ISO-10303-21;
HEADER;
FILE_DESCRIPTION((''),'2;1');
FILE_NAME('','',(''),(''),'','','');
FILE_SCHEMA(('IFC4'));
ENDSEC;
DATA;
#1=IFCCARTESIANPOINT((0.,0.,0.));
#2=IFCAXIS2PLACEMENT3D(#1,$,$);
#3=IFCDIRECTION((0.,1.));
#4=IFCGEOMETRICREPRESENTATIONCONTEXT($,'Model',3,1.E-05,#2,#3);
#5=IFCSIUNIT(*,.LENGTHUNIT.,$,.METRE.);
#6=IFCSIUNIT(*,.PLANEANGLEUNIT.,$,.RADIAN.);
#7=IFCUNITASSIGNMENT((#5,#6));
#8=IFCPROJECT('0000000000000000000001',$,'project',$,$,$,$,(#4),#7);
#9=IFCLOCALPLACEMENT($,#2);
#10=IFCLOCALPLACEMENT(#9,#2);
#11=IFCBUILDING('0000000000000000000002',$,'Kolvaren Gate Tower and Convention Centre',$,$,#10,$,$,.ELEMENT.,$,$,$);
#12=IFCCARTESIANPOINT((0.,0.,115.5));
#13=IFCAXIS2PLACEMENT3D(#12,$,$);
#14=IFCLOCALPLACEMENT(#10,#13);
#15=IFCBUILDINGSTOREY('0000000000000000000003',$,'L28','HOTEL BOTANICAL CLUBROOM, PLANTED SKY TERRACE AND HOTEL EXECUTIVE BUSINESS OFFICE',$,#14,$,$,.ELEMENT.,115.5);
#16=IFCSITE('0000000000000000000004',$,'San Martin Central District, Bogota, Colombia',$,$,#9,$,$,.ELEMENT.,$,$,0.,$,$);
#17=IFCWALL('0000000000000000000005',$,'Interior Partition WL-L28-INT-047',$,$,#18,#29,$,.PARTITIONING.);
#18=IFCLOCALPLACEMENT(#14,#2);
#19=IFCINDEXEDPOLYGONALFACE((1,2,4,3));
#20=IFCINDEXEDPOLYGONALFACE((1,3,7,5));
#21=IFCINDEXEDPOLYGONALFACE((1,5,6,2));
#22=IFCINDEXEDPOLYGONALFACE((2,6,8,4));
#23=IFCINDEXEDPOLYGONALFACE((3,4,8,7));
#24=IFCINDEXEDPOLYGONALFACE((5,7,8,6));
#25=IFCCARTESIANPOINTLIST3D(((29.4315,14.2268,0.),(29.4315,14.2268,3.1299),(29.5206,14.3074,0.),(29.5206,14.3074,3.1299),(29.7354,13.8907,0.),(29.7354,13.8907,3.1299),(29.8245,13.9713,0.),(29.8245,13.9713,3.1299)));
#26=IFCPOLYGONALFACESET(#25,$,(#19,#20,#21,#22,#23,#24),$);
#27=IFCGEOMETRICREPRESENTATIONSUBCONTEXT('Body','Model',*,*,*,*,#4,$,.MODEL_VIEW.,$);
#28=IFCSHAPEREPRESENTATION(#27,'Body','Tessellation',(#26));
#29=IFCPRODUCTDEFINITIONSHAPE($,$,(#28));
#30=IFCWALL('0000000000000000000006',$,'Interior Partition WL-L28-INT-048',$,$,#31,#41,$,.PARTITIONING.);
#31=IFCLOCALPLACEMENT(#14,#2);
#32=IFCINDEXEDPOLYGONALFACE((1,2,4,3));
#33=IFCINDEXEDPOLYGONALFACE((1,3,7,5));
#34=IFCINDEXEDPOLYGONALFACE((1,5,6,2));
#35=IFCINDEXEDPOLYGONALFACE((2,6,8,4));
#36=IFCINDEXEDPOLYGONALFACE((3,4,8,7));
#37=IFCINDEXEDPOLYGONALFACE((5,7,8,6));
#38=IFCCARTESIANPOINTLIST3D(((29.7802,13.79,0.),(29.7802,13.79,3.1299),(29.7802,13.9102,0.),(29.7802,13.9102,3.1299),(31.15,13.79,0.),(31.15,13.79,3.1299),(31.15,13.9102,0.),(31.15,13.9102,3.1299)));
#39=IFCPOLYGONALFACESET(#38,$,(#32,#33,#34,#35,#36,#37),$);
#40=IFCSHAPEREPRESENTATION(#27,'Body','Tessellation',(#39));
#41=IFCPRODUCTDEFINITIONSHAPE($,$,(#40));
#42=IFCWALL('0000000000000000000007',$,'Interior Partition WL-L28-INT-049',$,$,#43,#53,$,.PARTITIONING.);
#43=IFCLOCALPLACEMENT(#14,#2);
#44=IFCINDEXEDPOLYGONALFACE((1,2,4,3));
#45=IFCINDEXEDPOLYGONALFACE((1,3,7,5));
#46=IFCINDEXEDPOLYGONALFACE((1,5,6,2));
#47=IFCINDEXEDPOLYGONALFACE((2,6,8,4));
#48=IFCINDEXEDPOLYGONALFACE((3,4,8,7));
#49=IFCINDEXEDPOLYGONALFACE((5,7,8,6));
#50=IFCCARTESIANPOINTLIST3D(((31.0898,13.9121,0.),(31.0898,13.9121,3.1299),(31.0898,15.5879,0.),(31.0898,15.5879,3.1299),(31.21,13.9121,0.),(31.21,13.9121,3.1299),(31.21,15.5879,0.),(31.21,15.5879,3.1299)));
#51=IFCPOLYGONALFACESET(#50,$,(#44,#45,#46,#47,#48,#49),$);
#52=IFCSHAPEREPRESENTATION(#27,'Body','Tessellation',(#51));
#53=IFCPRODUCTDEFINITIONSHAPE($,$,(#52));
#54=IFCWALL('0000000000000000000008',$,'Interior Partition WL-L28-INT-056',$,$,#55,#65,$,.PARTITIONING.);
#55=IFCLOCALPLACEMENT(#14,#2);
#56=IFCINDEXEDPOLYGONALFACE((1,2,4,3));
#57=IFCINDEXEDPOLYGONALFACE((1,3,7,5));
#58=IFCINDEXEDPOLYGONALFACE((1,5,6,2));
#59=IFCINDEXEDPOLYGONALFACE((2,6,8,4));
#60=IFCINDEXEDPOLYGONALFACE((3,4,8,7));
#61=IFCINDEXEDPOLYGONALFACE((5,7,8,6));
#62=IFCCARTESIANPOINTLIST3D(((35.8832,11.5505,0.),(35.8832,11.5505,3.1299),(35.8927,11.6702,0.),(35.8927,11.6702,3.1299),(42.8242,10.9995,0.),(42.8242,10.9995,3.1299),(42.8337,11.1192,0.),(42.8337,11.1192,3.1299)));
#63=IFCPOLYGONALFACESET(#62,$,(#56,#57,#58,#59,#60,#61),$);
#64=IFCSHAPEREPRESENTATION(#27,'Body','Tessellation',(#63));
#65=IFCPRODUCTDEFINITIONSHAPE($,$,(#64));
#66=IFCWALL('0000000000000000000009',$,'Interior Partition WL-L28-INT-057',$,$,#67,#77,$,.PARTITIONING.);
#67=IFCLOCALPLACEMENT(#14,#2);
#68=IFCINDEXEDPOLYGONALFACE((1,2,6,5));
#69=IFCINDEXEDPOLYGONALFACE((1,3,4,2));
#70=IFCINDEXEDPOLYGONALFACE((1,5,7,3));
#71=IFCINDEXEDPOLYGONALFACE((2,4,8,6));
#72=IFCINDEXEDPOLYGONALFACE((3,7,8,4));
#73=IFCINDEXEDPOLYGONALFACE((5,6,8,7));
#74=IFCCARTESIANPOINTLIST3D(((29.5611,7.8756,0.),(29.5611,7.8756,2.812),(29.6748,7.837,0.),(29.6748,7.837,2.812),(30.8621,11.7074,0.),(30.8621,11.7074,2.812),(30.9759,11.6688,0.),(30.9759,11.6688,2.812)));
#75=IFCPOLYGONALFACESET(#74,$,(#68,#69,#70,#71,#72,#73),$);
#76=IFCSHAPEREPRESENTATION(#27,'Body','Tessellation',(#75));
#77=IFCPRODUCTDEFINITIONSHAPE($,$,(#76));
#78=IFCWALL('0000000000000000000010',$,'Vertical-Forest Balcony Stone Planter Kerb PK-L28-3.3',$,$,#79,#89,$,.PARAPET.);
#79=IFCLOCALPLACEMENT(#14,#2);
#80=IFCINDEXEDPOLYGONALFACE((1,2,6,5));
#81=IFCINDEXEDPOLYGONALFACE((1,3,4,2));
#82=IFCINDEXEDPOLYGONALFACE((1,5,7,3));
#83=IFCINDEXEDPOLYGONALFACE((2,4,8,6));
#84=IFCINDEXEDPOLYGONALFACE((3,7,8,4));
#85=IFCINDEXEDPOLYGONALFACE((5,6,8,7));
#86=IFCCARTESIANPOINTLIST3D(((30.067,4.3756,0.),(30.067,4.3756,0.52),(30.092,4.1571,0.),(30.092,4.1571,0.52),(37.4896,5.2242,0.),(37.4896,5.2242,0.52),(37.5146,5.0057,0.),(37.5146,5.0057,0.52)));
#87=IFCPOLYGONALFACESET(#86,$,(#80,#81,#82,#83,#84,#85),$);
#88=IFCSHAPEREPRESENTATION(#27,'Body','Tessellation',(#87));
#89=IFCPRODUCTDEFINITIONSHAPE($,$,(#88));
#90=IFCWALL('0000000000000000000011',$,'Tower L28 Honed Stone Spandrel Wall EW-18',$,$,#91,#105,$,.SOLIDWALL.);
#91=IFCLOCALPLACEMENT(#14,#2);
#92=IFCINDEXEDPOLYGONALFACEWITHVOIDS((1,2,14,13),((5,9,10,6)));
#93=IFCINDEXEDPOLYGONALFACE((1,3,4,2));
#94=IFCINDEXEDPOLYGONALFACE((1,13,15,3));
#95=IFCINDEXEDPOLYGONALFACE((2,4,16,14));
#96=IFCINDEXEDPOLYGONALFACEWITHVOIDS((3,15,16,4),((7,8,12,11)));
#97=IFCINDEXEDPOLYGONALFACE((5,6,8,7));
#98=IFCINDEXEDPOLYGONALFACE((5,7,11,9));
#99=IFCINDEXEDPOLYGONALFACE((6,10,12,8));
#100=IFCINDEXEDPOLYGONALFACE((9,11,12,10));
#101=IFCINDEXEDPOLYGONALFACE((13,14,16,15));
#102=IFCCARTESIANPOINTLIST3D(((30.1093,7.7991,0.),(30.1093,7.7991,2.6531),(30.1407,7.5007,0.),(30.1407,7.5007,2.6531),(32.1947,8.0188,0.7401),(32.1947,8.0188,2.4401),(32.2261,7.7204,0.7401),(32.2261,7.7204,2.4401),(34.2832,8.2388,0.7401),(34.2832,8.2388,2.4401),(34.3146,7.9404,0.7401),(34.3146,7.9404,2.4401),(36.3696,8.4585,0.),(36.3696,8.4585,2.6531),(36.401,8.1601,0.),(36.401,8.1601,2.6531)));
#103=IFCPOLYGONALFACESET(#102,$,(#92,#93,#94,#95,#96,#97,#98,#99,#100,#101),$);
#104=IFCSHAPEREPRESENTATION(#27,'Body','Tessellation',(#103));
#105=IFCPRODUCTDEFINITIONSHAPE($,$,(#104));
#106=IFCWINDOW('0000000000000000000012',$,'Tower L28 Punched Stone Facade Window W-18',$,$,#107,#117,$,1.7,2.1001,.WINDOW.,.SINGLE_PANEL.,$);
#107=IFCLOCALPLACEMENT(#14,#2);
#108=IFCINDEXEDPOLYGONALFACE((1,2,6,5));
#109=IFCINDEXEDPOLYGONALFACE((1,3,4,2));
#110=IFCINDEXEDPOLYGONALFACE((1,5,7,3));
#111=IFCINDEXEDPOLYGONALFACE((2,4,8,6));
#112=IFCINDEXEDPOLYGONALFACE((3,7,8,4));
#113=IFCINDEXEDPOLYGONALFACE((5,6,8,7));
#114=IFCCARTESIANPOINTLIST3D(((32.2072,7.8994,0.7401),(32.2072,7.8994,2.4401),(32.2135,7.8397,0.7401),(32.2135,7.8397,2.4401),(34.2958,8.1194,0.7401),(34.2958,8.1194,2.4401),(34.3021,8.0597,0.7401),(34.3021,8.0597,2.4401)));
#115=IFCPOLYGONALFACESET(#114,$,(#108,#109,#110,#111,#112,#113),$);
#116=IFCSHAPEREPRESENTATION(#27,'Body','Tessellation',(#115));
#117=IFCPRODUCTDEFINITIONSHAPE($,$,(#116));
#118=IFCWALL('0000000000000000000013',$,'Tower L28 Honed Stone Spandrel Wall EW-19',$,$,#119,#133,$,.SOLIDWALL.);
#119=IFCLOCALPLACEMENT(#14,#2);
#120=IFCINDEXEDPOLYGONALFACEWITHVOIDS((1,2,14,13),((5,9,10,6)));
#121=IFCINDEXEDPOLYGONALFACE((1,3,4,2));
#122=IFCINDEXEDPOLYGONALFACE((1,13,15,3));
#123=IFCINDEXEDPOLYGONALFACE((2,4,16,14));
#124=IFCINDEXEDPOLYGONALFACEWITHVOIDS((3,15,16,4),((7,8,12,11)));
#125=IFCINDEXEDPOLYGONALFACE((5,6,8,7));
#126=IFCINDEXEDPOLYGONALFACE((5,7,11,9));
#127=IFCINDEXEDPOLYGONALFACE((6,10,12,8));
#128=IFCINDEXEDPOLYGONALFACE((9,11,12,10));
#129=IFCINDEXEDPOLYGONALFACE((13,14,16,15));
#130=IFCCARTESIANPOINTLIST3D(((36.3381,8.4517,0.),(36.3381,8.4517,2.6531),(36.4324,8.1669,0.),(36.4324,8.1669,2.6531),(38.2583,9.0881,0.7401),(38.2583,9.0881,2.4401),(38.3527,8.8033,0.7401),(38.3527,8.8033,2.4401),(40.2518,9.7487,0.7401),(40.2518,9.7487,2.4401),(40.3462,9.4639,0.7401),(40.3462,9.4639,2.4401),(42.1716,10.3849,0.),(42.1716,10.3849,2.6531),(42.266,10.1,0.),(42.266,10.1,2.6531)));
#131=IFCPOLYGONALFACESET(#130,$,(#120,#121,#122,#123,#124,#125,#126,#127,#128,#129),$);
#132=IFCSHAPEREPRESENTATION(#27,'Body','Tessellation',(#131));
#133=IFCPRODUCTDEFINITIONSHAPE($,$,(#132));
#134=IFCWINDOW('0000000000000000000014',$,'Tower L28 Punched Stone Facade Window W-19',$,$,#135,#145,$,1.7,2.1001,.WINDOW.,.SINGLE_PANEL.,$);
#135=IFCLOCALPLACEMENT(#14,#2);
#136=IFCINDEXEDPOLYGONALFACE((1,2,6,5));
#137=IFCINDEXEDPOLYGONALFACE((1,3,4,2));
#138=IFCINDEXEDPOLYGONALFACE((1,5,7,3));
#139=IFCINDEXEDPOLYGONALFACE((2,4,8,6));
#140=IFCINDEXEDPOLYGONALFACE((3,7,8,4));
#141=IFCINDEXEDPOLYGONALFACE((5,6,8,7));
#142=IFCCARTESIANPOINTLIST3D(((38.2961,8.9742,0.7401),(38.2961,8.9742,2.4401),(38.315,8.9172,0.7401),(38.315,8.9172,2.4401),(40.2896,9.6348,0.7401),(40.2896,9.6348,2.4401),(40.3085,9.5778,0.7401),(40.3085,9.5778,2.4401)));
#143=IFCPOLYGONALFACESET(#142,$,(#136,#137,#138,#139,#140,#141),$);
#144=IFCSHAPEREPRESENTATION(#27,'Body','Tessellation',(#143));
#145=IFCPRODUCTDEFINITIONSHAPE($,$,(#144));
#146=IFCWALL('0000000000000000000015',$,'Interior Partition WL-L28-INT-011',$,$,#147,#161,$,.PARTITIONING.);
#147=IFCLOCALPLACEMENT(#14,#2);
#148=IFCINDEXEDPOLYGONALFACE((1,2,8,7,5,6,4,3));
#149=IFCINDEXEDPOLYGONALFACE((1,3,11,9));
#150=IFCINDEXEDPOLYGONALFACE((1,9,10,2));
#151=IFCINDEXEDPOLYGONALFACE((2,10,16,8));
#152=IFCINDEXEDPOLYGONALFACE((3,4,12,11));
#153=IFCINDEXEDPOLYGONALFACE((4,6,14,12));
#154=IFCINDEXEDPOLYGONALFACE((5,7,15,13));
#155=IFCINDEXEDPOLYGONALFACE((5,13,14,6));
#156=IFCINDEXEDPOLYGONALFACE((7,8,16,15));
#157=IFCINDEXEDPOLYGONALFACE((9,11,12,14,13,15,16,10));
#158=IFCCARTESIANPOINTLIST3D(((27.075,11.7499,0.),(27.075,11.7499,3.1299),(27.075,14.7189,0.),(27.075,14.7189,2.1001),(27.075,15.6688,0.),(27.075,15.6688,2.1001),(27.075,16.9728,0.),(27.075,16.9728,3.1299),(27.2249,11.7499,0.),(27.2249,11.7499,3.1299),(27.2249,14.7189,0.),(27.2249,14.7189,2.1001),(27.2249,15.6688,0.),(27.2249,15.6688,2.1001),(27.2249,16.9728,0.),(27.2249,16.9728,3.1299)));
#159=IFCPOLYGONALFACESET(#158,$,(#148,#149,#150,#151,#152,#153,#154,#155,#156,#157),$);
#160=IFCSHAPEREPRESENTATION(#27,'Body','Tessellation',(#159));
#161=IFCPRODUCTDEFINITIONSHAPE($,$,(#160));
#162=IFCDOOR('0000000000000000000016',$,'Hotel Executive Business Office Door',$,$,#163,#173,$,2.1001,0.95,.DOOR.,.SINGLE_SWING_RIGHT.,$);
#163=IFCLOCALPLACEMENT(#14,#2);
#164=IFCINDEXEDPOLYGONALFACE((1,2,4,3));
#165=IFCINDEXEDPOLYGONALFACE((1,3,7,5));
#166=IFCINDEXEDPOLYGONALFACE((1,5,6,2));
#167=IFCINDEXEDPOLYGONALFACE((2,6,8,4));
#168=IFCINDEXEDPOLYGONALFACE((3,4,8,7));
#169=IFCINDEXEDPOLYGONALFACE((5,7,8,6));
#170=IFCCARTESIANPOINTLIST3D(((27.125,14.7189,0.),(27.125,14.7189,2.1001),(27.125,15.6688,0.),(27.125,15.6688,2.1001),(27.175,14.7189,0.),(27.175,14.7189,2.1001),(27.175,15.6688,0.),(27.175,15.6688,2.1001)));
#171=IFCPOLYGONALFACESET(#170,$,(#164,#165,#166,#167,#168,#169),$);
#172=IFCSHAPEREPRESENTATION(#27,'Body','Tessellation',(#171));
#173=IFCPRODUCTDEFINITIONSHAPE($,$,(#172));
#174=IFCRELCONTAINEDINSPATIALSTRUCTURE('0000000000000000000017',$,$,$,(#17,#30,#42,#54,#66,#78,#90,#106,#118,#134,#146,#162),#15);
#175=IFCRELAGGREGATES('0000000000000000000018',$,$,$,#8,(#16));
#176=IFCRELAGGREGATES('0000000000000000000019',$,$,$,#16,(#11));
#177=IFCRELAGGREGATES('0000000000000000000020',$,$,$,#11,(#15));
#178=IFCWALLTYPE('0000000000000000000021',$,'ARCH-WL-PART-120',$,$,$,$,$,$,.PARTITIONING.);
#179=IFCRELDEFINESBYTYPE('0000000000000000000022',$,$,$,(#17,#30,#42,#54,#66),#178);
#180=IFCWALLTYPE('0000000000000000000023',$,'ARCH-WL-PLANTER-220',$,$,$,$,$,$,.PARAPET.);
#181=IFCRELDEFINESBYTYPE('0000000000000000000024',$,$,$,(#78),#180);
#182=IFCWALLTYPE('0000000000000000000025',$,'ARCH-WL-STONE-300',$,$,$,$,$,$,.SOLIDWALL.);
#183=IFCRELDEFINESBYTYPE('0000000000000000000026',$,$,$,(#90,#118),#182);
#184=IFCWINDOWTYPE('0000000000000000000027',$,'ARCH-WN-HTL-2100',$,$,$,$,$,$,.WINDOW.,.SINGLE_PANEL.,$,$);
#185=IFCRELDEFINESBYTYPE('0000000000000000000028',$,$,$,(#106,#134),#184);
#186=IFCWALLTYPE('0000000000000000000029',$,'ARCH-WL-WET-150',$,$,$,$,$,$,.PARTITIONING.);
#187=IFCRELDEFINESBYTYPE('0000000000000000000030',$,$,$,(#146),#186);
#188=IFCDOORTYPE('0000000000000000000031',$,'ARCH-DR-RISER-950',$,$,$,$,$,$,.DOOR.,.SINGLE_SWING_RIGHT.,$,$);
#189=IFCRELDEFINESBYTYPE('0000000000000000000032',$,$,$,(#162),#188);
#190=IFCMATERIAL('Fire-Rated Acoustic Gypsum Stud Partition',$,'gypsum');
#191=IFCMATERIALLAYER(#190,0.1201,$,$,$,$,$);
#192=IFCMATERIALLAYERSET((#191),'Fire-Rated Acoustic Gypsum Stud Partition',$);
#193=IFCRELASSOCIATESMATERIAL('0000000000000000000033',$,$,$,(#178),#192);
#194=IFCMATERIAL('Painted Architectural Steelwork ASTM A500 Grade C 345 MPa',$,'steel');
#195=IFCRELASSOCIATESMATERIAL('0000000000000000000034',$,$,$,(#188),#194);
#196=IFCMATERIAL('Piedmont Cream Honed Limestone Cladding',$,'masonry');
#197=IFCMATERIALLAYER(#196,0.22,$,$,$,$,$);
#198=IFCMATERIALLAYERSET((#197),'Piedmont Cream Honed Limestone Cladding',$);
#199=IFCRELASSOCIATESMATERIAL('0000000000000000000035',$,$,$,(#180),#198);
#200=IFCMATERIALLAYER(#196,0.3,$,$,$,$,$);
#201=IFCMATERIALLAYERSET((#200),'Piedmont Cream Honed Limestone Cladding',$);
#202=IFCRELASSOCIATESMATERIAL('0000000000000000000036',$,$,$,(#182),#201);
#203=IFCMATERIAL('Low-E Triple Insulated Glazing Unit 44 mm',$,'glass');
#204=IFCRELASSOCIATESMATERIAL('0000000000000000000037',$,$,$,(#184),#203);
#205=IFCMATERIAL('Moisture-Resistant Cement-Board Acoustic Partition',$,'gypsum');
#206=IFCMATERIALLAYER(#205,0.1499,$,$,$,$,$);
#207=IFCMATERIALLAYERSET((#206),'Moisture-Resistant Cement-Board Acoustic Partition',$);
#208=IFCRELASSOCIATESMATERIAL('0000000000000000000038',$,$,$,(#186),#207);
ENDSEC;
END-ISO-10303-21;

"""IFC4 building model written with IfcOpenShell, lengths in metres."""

from ifc_helpers import new_model, si_unit, direction, frame, frame_2d, origin, place, context, subcontext, project, spatial, rectangle, extrude, material, layer, layer_set, type_object, element, fill, save


model = new_model("IFC4")

# Units and contexts
model_context = context("Model", 3, precision=1e-05, world=origin(), true_north=direction((0.0, 1.0)))
body_context = subcontext(model_context, "Body", "Model", "MODEL_VIEW")
ifc_project = project(units=[si_unit("LENGTHUNIT", "METRE"), si_unit("PLANEANGLEUNIT", "RADIAN")], contexts=[model_context])

# Site, building, storey
site_placement = place(None, origin())
site = spatial("IfcSite", under=ifc_project, at=site_placement, Name="San Martin Central District, Bogota, Colombia", CompositionType="ELEMENT", RefElevation=0.0)
building_placement = place(site_placement, origin())
building = spatial("IfcBuilding", under=site, at=building_placement, Name="Kolvaren Gate Tower and Convention Centre", CompositionType="ELEMENT")
storey_placement = place(building_placement, frame((0.0, 0.0, 115.5)))
storey = spatial("IfcBuildingStorey", under=building, at=storey_placement, Name="L28", Description="HOTEL BOTANICAL CLUBROOM, PLANTED SKY TERRACE AND HOTEL EXECUTIVE BUSINESS OFFICE", CompositionType="ELEMENT", Elevation=115.5)

# Shared definitions
ifc_material_1 = material(Name="Fire-Rated Acoustic Gypsum Stud Partition", Category="gypsum")
ifc_layer_1 = layer(ifc_material_1, 0.1201)
ifc_layer_set_1 = layer_set([ifc_layer_1], Name="Fire-Rated Acoustic Gypsum Stud Partition")
wall_type_1 = type_object("IfcWallType", Name="ARCH-WL-PART-120", PredefinedType="PARTITIONING", material=ifc_layer_set_1)

# Shared definitions
ifc_material_2 = material(Name="Painted Architectural Steelwork ASTM A500 Grade C 345 MPa", Category="steel")
door_type = type_object("IfcDoorType", Name="ARCH-DR-RISER-950", OperationType="SINGLE_SWING_RIGHT", PredefinedType="DOOR", material=ifc_material_2)

# Walls
wall_1_placement = place(storey_placement, frame((29.4761, 14.2671, 0.0), z_axis=(0.0, 0.0, 1.0), x_axis=(0.670659, -0.741765, 0.0)))
element("IfcWall", 1, at=wall_1_placement, inside=storey, type_object=wall_type_1, Name="Interior Partition WL-L28-INT-047", PredefinedType="PARTITIONING", context=body_context, shape_type="SweptSolid", body=[
    extrude(rectangle(XDim=0.4531, YDim=0.1201, at=frame_2d((0.2266, 0.0))), origin(), (0.0, 0.0, 1.0), 3.1299),
])
wall_2_placement = place(storey_placement, frame((29.78, 13.8501, 0.0), z_axis=(0.0, 0.0, 1.0), x_axis=(1.0, 0.0, 0.0)))
element("IfcWall", 2, at=wall_2_placement, inside=storey, type_object=wall_type_1, Name="Interior Partition WL-L28-INT-048", PredefinedType="PARTITIONING", context=body_context, shape_type="SweptSolid", body=[
    extrude(rectangle(XDim=1.3699, YDim=0.1201, at=frame_2d((0.6851, 0.0))), origin(), (0.0, 0.0, 1.0), 3.1299),
])
wall_3_placement = place(storey_placement, frame((31.1499, 13.9121, 0.0), z_axis=(0.0, 0.0, 1.0), x_axis=(0.0, 1.0, 0.0)))
element("IfcWall", 3, at=wall_3_placement, inside=storey, type_object=wall_type_1, Name="Interior Partition WL-L28-INT-049", PredefinedType="PARTITIONING", context=body_context, shape_type="SweptSolid", body=[
    extrude(rectangle(XDim=1.6758, YDim=0.1201, at=frame_2d((0.8379, 0.0))), origin(), (0.0, 0.0, 1.0), 3.1299),
])
wall_4_placement = place(storey_placement, frame((35.8879, 11.6104, 0.0), z_axis=(0.0, 0.0, 1.0), x_axis=(0.996864, -0.079136, 0.0)))
element("IfcWall", 4, at=wall_4_placement, inside=storey, type_object=wall_type_1, Name="Interior Partition WL-L28-INT-056", PredefinedType="PARTITIONING", context=body_context, shape_type="SweptSolid", body=[
    extrude(rectangle(XDim=6.9629, YDim=0.1201, at=frame_2d((3.4814, 0.0))), origin(), (0.0, 0.0, 1.0), 3.1299),
])
wall_5_placement = place(storey_placement, frame((29.6179, 7.8562, 0.0), z_axis=(0.0, 0.0, 1.0), x_axis=(0.321508, 0.946907, 0.0)))
element("IfcWall", 5, at=wall_5_placement, inside=storey, type_object=wall_type_1, Name="Interior Partition WL-L28-INT-057", PredefinedType="PARTITIONING", context=body_context, shape_type="SweptSolid", body=[
    extrude(rectangle(XDim=4.0466, YDim=0.1201, at=frame_2d((2.0234, 0.0))), origin(), (0.0, 0.0, 1.0), 2.812),
])
ifc_material_3 = material(Name="Piedmont Cream Honed Limestone Cladding", Category="masonry")
ifc_layer_2 = layer(ifc_material_3, 0.22)
ifc_layer_set_2 = layer_set([ifc_layer_2], Name="Piedmont Cream Honed Limestone Cladding")
wall_type_2 = type_object("IfcWallType", Name="ARCH-WL-PLANTER-220", PredefinedType="PARAPET", material=ifc_layer_set_2)
wall_6_placement = place(storey_placement, frame((30.0796, 4.2664, 0.0), z_axis=(0.0, 0.0, 1.0), x_axis=(0.993528, 0.113591, 0.0)))
element("IfcWall", 6, at=wall_6_placement, inside=storey, type_object=wall_type_2, Name="Vertical-Forest Balcony Stone Planter Kerb PK-L28-3.3", PredefinedType="PARAPET", context=body_context, shape_type="SweptSolid", body=[
    extrude(rectangle(XDim=7.4709, YDim=0.22, at=frame_2d((3.7354, 0.0))), origin(), (0.0, 0.0, 1.0), 0.52),
])

# Walls, openings, windows
ifc_layer_3 = layer(ifc_material_3, 0.3)
ifc_layer_set_3 = layer_set([ifc_layer_3], Name="Piedmont Cream Honed Limestone Cladding")
wall_type_3 = type_object("IfcWallType", Name="ARCH-WL-STONE-300", PredefinedType="SOLIDWALL", material=ifc_layer_set_3)
wall_7_placement = place(storey_placement, frame((30.125, 7.6499, 0.0), z_axis=(0.0, 0.0, 1.0), x_axis=(0.994498, 0.104755, 0.0)))
wall_7 = element("IfcWall", 7, at=wall_7_placement, inside=storey, type_object=wall_type_3, Name="Tower L28 Honed Stone Spandrel Wall EW-18", PredefinedType="SOLIDWALL", context=body_context, shape_type="SweptSolid", body=[
    extrude(rectangle(XDim=6.2949, YDim=0.3, at=frame_2d((3.1475, 0.0))), origin(), (0.0, 0.0, 1.0), 2.6531),
])
opening_1_placement = place(wall_7_placement, frame((2.0969, 0.0, 0.74)))
opening_1 = element("IfcOpeningElement", 8, at=opening_1_placement, cuts=wall_7, PredefinedType="OPENING", context=body_context, shape_type="SweptSolid", body=[
    extrude(rectangle(XDim=2.1001, YDim=1.7, at=frame_2d((1.05, 0.8501))), frame((0.0, 0.1599, 0.0), z_axis=(0.0, -1.0, 0.0), x_axis=(1.0, 0.0, 0.0)), (0.0, 0.0, 1.0), 0.3201),
])
ifc_material_4 = material(Name="Low-E Triple Insulated Glazing Unit 44 mm", Category="glass")
window_type = type_object("IfcWindowType", Name="ARCH-WN-HTL-2100", PartitioningType="SINGLE_PANEL", PredefinedType="WINDOW", material=ifc_material_4)
window_1_placement = place(opening_1_placement, origin())
window_1 = element("IfcWindow", 9, at=window_1_placement, inside=storey, type_object=window_type, Name="Tower L28 Punched Stone Facade Window W-18", OverallHeight=1.7, OverallWidth=2.1001, PartitioningType="SINGLE_PANEL", PredefinedType="WINDOW", context=body_context, shape_type="SweptSolid", body=[
    extrude(rectangle(XDim=2.1001, YDim=1.7, at=frame_2d((1.05, 0.8501))), frame((0.0, 0.03, 0.0), z_axis=(0.0, -1.0, 0.0), x_axis=(1.0, 0.0, 0.0)), (0.0, 0.0, 1.0), 0.0601),
])
fill(opening_1, window_1)
wall_8_placement = place(storey_placement, frame((36.3853, 8.3093, 0.0), z_axis=(0.0, 0.0, 1.0), x_axis=(0.949238, 0.314559, 0.0)))
wall_8 = element("IfcWall", 10, at=wall_8_placement, inside=storey, type_object=wall_type_3, Name="Tower L28 Honed Stone Spandrel Wall EW-19", PredefinedType="SOLIDWALL", context=body_context, shape_type="SweptSolid", body=[
    extrude(rectangle(XDim=6.1455, YDim=0.3, at=frame_2d((3.0728, 0.0))), origin(), (0.0, 0.0, 1.0), 2.6531),
])
opening_2_placement = place(wall_8_placement, frame((2.0229, 0.0, 0.74)))
opening_2 = element("IfcOpeningElement", 11, at=opening_2_placement, cuts=wall_8, PredefinedType="OPENING", context=body_context, shape_type="SweptSolid", body=[
    extrude(rectangle(XDim=2.1001, YDim=1.7, at=frame_2d((1.05, 0.8501))), frame((0.0, 0.1599, 0.0), z_axis=(0.0, -1.0, 0.0), x_axis=(1.0, 0.0, 0.0)), (0.0, 0.0, 1.0), 0.3201),
])
window_2_placement = place(opening_2_placement, origin())
window_2 = element("IfcWindow", 12, at=window_2_placement, inside=storey, type_object=window_type, Name="Tower L28 Punched Stone Facade Window W-19", OverallHeight=1.7, OverallWidth=2.1001, PartitioningType="SINGLE_PANEL", PredefinedType="WINDOW", context=body_context, shape_type="SweptSolid", body=[
    extrude(rectangle(XDim=2.1001, YDim=1.7, at=frame_2d((1.05, 0.8501))), frame((0.0, 0.03, 0.0), z_axis=(0.0, -1.0, 0.0), x_axis=(1.0, 0.0, 0.0)), (0.0, 0.0, 1.0), 0.0601),
])
fill(opening_2, window_2)

# Wall, opening, door
ifc_material_5 = material(Name="Moisture-Resistant Cement-Board Acoustic Partition", Category="gypsum")
ifc_layer_4 = layer(ifc_material_5, 0.1499)
ifc_layer_set_4 = layer_set([ifc_layer_4], Name="Moisture-Resistant Cement-Board Acoustic Partition")
wall_type_4 = type_object("IfcWallType", Name="ARCH-WL-WET-150", PredefinedType="PARTITIONING", material=ifc_layer_set_4)
wall_9_placement = place(storey_placement, frame((27.1499, 11.75, 0.0), z_axis=(0.0, 0.0, 1.0), x_axis=(0.0, 1.0, 0.0)))
wall_9 = element("IfcWall", 13, at=wall_9_placement, inside=storey, type_object=wall_type_4, Name="Interior Partition WL-L28-INT-011", PredefinedType="PARTITIONING", context=body_context, shape_type="SweptSolid", body=[
    extrude(rectangle(XDim=5.2229, YDim=0.1499, at=frame_2d((2.6113, 0.0))), origin(), (0.0, 0.0, 1.0), 3.1299),
])
opening_3_placement = place(wall_9_placement, frame((2.9688, 0.0, 0.0)))
opening_3 = element("IfcOpeningElement", 14, at=opening_3_placement, cuts=wall_9, PredefinedType="OPENING", context=body_context, shape_type="SweptSolid", body=[
    extrude(rectangle(XDim=0.95, YDim=2.1001, at=frame_2d((0.4751, 1.05))), frame((0.0, 0.085, 0.0), z_axis=(0.0, -1.0, 0.0), x_axis=(1.0, 0.0, 0.0)), (0.0, 0.0, 1.0), 0.1699),
])
door_1_placement = place(opening_3_placement, origin())
door_1 = element("IfcDoor", 15, at=door_1_placement, inside=storey, type_object=door_type, Name="Hotel Executive Business Office Door", OperationType="SINGLE_SWING_RIGHT", OverallHeight=2.1001, OverallWidth=0.95, PredefinedType="DOOR", context=body_context, shape_type="SweptSolid", body=[
    extrude(rectangle(XDim=0.95, YDim=2.1001, at=frame_2d((0.4751, 1.05))), frame((0.0, 0.0249, 0.0), z_axis=(0.0, -1.0, 0.0), x_axis=(1.0, 0.0, 0.0)), (0.0, 0.0, 1.0), 0.05),
])
fill(opening_3, door_1)

save(model, "model.ifc")
